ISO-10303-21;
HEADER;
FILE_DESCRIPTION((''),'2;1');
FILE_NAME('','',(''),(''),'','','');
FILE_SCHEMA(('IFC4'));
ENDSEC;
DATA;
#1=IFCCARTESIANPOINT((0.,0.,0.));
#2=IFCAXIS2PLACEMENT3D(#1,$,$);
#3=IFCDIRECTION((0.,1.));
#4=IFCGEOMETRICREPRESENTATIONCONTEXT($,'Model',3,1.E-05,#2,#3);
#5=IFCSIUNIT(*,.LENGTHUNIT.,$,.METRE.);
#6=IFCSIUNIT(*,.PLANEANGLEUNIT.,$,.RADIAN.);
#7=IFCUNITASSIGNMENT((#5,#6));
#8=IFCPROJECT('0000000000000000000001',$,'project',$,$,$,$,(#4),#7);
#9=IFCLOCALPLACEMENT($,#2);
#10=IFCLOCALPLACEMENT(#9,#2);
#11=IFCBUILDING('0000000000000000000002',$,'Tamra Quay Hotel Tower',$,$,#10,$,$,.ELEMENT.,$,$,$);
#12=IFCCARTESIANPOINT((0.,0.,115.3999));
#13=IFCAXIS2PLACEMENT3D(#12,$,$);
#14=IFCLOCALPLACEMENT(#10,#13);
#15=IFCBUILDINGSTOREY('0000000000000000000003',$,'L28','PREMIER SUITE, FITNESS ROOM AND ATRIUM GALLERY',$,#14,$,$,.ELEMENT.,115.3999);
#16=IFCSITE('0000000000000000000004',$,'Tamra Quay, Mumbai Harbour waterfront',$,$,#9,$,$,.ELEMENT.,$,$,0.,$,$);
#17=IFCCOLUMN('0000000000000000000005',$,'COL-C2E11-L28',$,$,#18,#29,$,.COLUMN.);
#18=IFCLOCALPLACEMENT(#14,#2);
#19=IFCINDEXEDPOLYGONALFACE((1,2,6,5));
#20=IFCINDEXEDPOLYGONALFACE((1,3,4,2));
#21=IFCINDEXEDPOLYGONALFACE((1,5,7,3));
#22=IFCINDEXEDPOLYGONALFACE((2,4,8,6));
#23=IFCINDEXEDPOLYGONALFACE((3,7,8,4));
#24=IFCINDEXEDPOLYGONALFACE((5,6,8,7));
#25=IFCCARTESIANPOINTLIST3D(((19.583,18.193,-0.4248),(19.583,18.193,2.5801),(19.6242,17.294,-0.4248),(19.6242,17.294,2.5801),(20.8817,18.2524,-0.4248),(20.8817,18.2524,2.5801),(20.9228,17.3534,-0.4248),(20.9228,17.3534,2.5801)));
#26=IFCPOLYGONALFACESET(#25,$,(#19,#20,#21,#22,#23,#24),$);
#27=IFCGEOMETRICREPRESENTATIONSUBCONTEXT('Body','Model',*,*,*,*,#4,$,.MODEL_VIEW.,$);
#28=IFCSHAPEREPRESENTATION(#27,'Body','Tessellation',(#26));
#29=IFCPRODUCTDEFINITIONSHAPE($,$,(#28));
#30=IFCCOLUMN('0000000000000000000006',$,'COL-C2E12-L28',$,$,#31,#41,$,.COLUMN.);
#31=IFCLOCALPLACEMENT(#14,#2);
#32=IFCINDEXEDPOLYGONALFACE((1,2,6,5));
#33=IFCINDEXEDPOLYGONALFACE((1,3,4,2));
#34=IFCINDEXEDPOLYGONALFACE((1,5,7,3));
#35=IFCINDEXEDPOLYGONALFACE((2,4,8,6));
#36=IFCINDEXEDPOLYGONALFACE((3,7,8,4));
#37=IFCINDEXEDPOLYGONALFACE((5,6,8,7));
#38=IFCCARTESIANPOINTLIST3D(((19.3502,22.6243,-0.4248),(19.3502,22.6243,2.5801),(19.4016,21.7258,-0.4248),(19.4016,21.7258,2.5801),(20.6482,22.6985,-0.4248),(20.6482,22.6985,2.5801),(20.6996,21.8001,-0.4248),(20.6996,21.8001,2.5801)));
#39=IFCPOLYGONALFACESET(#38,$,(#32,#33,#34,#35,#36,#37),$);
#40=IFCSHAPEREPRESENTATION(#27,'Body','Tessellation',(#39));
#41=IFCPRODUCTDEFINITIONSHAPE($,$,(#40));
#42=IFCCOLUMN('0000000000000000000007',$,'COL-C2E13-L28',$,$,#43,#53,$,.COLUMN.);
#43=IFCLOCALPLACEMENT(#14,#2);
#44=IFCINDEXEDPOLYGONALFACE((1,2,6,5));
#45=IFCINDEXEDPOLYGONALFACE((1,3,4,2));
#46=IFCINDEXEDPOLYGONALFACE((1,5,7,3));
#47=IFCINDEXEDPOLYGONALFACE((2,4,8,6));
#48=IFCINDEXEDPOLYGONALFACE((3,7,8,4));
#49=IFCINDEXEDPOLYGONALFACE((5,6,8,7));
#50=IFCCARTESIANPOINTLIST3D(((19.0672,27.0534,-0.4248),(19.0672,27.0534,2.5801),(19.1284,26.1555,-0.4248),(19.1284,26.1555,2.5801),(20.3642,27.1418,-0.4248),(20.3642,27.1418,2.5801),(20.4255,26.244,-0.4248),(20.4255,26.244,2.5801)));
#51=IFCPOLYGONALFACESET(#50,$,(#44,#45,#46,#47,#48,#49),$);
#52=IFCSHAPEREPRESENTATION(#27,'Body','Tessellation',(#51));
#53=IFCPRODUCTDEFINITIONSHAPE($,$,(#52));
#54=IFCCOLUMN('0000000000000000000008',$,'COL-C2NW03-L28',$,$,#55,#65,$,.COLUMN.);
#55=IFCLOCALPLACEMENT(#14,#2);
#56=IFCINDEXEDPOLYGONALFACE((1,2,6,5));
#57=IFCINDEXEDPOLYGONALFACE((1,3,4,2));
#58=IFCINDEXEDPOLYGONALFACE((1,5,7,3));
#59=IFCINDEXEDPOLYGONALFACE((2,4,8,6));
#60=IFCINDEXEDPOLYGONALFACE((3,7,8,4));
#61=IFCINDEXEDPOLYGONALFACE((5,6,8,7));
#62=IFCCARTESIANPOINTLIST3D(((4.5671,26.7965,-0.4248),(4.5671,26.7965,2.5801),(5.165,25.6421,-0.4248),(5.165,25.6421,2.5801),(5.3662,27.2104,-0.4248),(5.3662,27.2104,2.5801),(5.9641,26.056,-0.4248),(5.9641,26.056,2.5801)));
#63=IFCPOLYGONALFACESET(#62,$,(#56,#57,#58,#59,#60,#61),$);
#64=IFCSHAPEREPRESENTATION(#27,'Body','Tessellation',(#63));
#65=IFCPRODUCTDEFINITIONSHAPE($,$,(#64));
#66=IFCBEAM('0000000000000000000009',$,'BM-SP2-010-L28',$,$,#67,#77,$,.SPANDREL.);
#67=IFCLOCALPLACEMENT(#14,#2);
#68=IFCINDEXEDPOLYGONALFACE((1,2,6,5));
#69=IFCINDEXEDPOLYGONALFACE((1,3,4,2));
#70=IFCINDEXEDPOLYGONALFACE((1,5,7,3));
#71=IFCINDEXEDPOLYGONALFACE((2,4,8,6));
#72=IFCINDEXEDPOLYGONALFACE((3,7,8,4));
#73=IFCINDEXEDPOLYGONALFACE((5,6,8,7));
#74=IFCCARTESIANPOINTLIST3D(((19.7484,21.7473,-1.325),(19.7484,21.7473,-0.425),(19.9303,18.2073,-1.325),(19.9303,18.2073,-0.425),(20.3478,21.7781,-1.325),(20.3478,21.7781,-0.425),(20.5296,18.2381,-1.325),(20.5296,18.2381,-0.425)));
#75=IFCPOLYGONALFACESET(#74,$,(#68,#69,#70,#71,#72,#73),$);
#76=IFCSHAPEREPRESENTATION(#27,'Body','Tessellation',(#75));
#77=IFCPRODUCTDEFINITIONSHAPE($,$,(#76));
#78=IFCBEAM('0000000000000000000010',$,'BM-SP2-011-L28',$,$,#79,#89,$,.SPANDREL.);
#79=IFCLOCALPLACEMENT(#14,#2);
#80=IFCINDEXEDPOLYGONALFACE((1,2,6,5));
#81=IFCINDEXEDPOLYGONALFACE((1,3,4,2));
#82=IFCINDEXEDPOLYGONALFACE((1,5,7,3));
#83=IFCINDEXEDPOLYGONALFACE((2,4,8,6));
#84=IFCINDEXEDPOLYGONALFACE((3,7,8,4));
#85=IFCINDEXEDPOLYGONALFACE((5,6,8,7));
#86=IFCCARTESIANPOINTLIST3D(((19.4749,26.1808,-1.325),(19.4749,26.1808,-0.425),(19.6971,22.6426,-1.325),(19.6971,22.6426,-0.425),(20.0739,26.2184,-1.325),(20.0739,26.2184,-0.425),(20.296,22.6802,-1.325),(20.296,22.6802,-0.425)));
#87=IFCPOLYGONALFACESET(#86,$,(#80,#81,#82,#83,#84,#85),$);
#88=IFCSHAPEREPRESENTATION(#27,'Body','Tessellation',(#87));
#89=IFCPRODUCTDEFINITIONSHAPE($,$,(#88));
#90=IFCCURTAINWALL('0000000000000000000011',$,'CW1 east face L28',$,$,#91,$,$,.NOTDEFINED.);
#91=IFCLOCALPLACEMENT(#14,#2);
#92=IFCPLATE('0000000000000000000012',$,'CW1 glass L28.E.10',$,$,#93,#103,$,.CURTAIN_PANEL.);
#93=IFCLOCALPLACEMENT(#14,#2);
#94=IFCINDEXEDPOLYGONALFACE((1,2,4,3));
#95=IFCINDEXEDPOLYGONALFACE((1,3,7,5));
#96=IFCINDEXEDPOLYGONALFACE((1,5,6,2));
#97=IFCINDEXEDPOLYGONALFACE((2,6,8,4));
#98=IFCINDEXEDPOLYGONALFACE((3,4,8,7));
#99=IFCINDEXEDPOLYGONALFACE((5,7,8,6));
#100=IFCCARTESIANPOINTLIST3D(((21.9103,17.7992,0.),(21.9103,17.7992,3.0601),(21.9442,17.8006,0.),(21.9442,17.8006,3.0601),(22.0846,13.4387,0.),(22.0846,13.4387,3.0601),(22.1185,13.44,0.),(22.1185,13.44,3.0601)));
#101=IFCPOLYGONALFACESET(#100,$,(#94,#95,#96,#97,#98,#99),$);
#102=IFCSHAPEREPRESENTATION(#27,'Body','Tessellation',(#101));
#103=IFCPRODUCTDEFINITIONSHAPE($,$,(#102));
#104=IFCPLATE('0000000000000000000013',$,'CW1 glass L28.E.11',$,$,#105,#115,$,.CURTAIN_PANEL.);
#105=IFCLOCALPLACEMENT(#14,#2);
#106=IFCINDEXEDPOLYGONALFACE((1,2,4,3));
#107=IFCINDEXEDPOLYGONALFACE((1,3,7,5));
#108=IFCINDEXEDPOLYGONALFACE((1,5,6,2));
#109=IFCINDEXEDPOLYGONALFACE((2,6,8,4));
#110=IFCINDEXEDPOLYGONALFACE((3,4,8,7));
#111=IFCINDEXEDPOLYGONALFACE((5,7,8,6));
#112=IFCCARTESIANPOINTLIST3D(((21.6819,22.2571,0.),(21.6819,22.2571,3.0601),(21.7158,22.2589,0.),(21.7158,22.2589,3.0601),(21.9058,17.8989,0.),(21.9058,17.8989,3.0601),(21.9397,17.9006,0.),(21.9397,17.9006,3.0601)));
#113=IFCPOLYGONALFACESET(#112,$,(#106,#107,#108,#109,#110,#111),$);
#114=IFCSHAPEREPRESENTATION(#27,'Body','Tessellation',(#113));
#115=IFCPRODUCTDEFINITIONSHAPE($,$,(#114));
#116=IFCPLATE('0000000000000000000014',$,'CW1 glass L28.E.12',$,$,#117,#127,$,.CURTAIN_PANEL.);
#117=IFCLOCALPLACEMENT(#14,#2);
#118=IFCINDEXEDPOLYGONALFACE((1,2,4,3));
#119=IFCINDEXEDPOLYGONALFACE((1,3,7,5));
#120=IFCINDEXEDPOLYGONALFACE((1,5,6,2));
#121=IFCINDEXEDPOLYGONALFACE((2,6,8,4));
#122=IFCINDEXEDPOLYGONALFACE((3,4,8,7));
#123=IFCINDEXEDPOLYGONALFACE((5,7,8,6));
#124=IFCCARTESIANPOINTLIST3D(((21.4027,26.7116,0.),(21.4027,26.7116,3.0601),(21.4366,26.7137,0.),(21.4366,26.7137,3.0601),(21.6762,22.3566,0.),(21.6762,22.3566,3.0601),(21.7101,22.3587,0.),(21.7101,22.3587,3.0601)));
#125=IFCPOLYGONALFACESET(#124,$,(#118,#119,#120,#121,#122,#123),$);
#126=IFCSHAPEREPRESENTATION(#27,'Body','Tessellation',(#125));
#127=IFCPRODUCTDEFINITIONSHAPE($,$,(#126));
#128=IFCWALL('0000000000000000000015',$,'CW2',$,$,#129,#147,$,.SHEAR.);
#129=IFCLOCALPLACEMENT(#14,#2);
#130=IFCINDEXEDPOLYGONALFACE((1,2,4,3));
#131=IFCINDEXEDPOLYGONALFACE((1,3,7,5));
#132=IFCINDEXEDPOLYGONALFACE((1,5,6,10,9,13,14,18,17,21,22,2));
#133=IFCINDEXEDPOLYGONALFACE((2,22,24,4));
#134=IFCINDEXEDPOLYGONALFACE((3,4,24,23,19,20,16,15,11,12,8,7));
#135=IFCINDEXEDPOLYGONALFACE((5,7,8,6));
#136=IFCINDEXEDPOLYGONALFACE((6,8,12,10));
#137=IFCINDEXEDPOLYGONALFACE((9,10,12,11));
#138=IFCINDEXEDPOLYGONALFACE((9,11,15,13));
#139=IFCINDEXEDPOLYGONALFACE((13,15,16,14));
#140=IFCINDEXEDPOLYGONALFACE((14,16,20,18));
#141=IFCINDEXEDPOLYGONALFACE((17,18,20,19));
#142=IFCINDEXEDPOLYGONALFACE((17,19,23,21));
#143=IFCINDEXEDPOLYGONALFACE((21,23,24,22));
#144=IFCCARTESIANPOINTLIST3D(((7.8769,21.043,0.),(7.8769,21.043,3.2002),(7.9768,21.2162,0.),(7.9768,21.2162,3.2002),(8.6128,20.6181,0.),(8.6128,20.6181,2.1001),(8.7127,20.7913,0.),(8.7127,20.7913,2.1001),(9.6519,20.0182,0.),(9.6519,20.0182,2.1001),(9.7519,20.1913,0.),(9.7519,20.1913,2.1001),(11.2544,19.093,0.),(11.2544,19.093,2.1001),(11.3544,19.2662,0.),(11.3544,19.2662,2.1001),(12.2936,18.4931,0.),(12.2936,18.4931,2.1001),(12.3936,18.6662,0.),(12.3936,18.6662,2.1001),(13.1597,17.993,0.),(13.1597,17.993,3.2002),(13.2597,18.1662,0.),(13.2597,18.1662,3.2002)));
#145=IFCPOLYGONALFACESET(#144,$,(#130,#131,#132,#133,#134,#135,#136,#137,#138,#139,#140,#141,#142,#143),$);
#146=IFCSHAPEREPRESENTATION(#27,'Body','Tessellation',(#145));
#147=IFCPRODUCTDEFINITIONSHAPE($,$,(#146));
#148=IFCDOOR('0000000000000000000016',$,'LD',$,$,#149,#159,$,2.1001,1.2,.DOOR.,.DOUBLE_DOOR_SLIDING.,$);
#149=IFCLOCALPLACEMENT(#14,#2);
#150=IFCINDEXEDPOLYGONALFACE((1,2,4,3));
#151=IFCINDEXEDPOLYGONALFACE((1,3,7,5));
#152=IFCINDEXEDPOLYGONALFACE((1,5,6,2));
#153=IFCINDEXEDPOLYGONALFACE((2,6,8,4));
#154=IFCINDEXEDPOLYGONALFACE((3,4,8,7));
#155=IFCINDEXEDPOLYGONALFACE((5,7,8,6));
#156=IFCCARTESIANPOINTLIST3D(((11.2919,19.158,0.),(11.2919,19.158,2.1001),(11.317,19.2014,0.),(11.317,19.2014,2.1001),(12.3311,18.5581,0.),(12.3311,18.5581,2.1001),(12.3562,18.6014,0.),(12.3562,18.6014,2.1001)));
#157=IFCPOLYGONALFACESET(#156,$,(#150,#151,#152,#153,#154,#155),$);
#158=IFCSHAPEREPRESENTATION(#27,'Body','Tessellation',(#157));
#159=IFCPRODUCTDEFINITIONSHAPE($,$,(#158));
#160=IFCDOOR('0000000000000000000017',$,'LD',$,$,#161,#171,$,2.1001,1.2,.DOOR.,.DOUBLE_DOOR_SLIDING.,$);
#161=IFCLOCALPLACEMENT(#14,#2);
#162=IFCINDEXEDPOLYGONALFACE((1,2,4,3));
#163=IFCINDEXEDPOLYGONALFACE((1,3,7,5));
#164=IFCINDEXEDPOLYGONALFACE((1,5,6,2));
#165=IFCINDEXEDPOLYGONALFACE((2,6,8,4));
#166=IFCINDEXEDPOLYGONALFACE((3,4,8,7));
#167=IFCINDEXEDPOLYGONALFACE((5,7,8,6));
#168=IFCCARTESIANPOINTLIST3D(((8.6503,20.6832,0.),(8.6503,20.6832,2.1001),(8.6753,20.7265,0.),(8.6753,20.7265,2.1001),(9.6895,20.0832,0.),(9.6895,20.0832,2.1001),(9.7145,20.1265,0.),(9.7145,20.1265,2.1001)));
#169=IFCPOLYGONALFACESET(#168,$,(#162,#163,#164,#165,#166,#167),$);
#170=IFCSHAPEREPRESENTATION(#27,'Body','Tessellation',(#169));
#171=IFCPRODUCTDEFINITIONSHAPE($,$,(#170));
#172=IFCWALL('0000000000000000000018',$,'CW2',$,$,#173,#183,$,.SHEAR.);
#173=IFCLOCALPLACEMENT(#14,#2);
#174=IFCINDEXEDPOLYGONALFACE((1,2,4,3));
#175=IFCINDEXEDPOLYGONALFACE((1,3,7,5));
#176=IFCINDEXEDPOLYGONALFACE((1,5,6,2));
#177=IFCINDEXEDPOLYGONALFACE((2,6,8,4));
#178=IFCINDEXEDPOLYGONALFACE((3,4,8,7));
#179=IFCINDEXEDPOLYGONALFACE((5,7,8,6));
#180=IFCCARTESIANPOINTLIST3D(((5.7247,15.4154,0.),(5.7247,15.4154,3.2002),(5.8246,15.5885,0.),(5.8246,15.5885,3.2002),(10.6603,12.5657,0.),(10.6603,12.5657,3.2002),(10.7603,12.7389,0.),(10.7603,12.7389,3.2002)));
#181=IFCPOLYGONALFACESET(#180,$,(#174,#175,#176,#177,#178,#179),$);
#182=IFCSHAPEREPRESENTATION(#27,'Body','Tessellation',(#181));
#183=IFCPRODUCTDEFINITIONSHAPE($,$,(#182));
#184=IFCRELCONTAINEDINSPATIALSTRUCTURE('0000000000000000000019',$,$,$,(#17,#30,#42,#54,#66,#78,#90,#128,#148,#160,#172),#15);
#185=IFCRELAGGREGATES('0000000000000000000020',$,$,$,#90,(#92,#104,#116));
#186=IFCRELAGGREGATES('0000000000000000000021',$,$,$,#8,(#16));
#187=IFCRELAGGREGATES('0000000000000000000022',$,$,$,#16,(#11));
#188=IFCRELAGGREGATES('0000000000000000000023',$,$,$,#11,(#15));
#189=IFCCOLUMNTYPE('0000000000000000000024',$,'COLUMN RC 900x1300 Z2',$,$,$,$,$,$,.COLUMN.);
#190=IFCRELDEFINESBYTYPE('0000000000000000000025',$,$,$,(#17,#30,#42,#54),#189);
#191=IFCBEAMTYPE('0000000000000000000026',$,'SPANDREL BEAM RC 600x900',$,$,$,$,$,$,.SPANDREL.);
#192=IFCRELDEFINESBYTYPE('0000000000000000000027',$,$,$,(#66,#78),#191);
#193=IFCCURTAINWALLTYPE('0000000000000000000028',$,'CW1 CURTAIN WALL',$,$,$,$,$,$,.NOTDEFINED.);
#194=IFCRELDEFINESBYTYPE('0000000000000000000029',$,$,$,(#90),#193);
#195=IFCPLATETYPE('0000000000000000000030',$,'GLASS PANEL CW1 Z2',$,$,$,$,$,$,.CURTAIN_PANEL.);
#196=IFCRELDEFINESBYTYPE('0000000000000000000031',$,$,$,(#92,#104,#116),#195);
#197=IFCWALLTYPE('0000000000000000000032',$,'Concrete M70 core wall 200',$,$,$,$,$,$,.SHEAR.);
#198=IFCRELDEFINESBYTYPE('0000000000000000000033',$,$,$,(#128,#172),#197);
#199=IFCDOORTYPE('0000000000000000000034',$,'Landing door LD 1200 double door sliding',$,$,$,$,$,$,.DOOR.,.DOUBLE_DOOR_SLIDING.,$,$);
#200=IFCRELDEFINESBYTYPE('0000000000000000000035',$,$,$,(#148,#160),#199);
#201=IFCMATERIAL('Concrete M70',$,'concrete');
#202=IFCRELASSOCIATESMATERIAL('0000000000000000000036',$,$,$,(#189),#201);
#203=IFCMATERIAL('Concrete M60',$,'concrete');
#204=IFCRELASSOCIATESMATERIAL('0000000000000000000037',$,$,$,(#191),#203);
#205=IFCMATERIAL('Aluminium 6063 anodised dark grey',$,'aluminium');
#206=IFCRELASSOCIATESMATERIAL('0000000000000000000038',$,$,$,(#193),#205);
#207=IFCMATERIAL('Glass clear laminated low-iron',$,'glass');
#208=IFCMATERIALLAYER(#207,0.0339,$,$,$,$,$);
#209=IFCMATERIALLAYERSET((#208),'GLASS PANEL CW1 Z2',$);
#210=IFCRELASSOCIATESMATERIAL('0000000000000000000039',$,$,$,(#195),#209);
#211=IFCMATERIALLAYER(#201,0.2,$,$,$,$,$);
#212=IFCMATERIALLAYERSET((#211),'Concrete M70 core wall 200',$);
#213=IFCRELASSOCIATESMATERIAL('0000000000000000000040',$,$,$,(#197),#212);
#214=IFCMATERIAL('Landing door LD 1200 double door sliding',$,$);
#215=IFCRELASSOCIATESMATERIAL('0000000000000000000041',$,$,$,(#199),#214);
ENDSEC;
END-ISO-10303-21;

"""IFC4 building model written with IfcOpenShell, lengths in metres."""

from ifc_helpers import new_model, si_unit, direction, frame, frame_2d, origin, origin_2d, place, context, subcontext, project, spatial, rectangle, extrude, material, layer, layer_set, material_profile, profile_set, type_object, element, fill, aggregate, save


model = new_model("IFC4")

# Units and contexts
model_context = context("Model", 3, precision=1e-05, world=origin(), true_north=direction((0.0, 1.0)))
body_context = subcontext(model_context, "Body", "Model", "MODEL_VIEW")
ifc_project = project(units=[si_unit("LENGTHUNIT", "METRE"), si_unit("PLANEANGLEUNIT", "RADIAN")], contexts=[model_context])

# Site, building, storey
site_placement = place(None, origin())
site = spatial("IfcSite", under=ifc_project, at=site_placement, Name="Tamra Quay, Mumbai Harbour waterfront", CompositionType="ELEMENT", RefElevation=0.0)
building_placement = place(site_placement, origin())
building = spatial("IfcBuilding", under=site, at=building_placement, Name="Tamra Quay Hotel Tower", CompositionType="ELEMENT")
storey_placement = place(building_placement, frame((0.0, 0.0, 115.3999)))
storey = spatial("IfcBuildingStorey", under=building, at=storey_placement, Name="L28", Description="PREMIER SUITE, FITNESS ROOM AND ATRIUM GALLERY", CompositionType="ELEMENT", Elevation=115.3999)

# Columns
ifc_material_1 = material(Name="Concrete M70", Category="concrete")
ifc_material_profile_1 = material_profile(ifc_material_1, rectangle(XDim=1.3, YDim=0.8999, at=origin_2d()), Name="COLUMN RC 900x1300 Z2")
ifc_profile_set_1 = profile_set([ifc_material_profile_1], Name="Concrete M70")
column_type = type_object("IfcColumnType", Name="COLUMN RC 900x1300 Z2", PredefinedType="COLUMN", material=ifc_profile_set_1)
for number, where, z_axis, x_axis, name in (
    (1, (20.2529, 17.7732, -0.4248), (0.0, 0.0, 1.0), (0.998955, 0.045712, 0.0), "COL-C2E11-L28"),
    (2, (20.0249, 22.2122, -0.4248), (0.0, 0.0, 1.0), (0.998368, 0.057108, 0.0), "COL-C2E12-L28"),
    (3, (19.7463, 26.6487, -0.4248), (0.0, 0.0, 1.0), (0.997682, 0.068041, 0.0), "COL-C2E13-L28"),
    (4, (5.2656, 26.4263, -0.4248), (0.0, 0.0, 1.0), (-0.45989, 0.887976, 0.0), "COL-C2NW03-L28"),
):
    element("IfcColumn", number, at=place(storey_placement, frame(where, z_axis=z_axis, x_axis=x_axis)), inside=storey, type_object=column_type, Name=name, PredefinedType="COLUMN", context=body_context, shape_type="SweptSolid", body=[
        extrude(rectangle(XDim=1.3, YDim=0.8999, at=origin_2d()), origin(), (0.0, 0.0, 1.0), 3.0049),
    ])

# Beams
ifc_material_2 = material(Name="Concrete M60", Category="concrete")
ifc_material_profile_2 = material_profile(ifc_material_2, rectangle(XDim=0.6001, YDim=0.8999, at=origin_2d()), Name="SPANDREL BEAM RC 600x900")
ifc_profile_set_2 = profile_set([ifc_material_profile_2], Name="Concrete M60")
beam_type = type_object("IfcBeamType", Name="SPANDREL BEAM RC 600x900", PredefinedType="SPANDREL", material=ifc_profile_set_2)
beam_1_placement = place(storey_placement, frame((20.23, 18.2227, -0.875), z_axis=(-0.051312, 0.998683, 0.0), x_axis=(-0.998683, -0.051312, 0.0)))
element("IfcBeam", 5, at=beam_1_placement, inside=storey, type_object=beam_type, Name="BM-SP2-010-L28", PredefinedType="SPANDREL", context=body_context, shape_type="SweptSolid", body=[
    extrude(rectangle(XDim=0.6001, YDim=0.8999, at=origin_2d()), origin(), (0.0, 0.0, 1.0), 3.5447),
])
beam_2_placement = place(storey_placement, frame((19.9966, 22.6614, -0.875), z_axis=(-0.06267, 0.998034, 0.0), x_axis=(-0.998034, -0.06267, 0.0)))
element("IfcBeam", 6, at=beam_2_placement, inside=storey, type_object=beam_type, Name="BM-SP2-011-L28", PredefinedType="SPANDREL", context=body_context, shape_type="SweptSolid", body=[
    extrude(rectangle(XDim=0.6001, YDim=0.8999, at=origin_2d()), origin(), (0.0, 0.0, 1.0), 3.5452),
])

# Curtain wall, plates
ifc_material_3 = material(Name="Aluminium 6063 anodised dark grey", Category="aluminium")
curtain_wall_type = type_object("IfcCurtainWallType", Name="CW1 CURTAIN WALL", PredefinedType="NOTDEFINED", material=ifc_material_3)
curtain_wall_placement = place(storey_placement, origin())
curtain_wall = element("IfcCurtainWall", 7, at=curtain_wall_placement, inside=storey, type_object=curtain_wall_type, Name="CW1 east face L28", PredefinedType="NOTDEFINED")
ifc_material_4 = material(Name="Glass clear laminated low-iron", Category="glass")
ifc_layer_1 = layer(ifc_material_4, 0.0339)
ifc_layer_set_1 = layer_set([ifc_layer_1], Name="GLASS PANEL CW1 Z2")
plate_type = type_object("IfcPlateType", Name="GLASS PANEL CW1 Z2", PredefinedType="CURTAIN_PANEL", material=ifc_layer_set_1)
plate_1_placement = place(storey_placement, frame((22.0144, 15.6196, 0.0), z_axis=(0.0, 0.0, 1.0), x_axis=(-0.039944, 0.999202, 0.0)))
plate_1 = element("IfcPlate", 8, at=plate_1_placement, type_object=plate_type, Name="CW1 glass L28.E.10", PredefinedType="CURTAIN_PANEL", context=body_context, shape_type="SweptSolid", body=[
    extrude(rectangle(XDim=4.364, YDim=0.0339, at=origin_2d()), origin(), (0.0, 0.0, 1.0), 3.0601),
])
plate_2_placement = place(storey_placement, frame((21.8108, 20.0789, 0.0), z_axis=(0.0, 0.0, 1.0), x_axis=(-0.051321, 0.998682, 0.0)))
plate_2 = element("IfcPlate", 9, at=plate_2_placement, type_object=plate_type, Name="CW1 glass L28.E.11", PredefinedType="CURTAIN_PANEL", context=body_context, shape_type="SweptSolid", body=[
    extrude(rectangle(XDim=4.364, YDim=0.0339, at=origin_2d()), origin(), (0.0, 0.0, 1.0), 3.0601),
])
plate_3_placement = place(storey_placement, frame((21.5564, 24.5352, 0.0), z_axis=(0.0, 0.0, 1.0), x_axis=(-0.06267, 0.998034, 0.0)))
plate_3 = element("IfcPlate", 10, at=plate_3_placement, type_object=plate_type, Name="CW1 glass L28.E.12", PredefinedType="CURTAIN_PANEL", context=body_context, shape_type="SweptSolid", body=[
    extrude(rectangle(XDim=4.3635, YDim=0.0339, at=origin_2d()), origin(), (0.0, 0.0, 1.0), 3.0601),
])
aggregate(curtain_wall, [plate_1, plate_2, plate_3])

# Wall, openings, doors
ifc_layer_2 = layer(ifc_material_1, 0.2)
ifc_layer_set_2 = layer_set([ifc_layer_2], Name="Concrete M70 core wall 200")
wall_type_1 = type_object("IfcWallType", Name="Concrete M70 core wall 200", PredefinedType="SHEAR", material=ifc_layer_set_2)
wall_1_placement = place(storey_placement, frame((13.2097, 18.0796, 0.0), z_axis=(0.0, 0.0, 1.0), x_axis=(-0.86603, 0.499992, 0.0)))
wall_1 = element("IfcWall", 11, at=wall_1_placement, inside=storey, type_object=wall_type_1, Name="CW2", PredefinedType="SHEAR", context=body_context, shape_type="SweptSolid", body=[
    extrude(rectangle(XDim=6.1001, YDim=0.2, at=frame_2d((3.05, 0.0))), origin(), (0.0, 0.0, 1.0), 3.2002),
])
opening_1_placement = place(wall_1_placement, frame((1.0, 0.0, 0.0)))
opening_1 = element("IfcOpeningElement", 12, at=opening_1_placement, cuts=wall_1, PredefinedType="OPENING", context=body_context, shape_type="SweptSolid", body=[
    extrude(rectangle(XDim=1.2, YDim=2.1001, at=frame_2d((0.6001, 1.05))), frame((0.0, 0.1099, 0.0), z_axis=(0.0, -1.0, 0.0), x_axis=(1.0, 0.0, 0.0)), (0.0, 0.0, 1.0), 0.22),
])
opening_2_placement = place(wall_1_placement, frame((4.0503, 0.0, 0.0)))
opening_2 = element("IfcOpeningElement", 13, at=opening_2_placement, cuts=wall_1, PredefinedType="OPENING", context=body_context, shape_type="SweptSolid", body=[
    extrude(rectangle(XDim=1.2, YDim=2.1001, at=frame_2d((0.6001, 1.05))), frame((0.0, 0.1099, 0.0), z_axis=(0.0, -1.0, 0.0), x_axis=(1.0, 0.0, 0.0)), (0.0, 0.0, 1.0), 0.22),
])
ifc_material_5 = material(Name="Landing door LD 1200 double door sliding")
door_type_1 = type_object("IfcDoorType", Name="Landing door LD 1200 double door sliding", OperationType="DOUBLE_DOOR_SLIDING", PredefinedType="DOOR", material=ifc_material_5)
door_1_placement = place(opening_1_placement, origin())
door_1 = element("IfcDoor", 14, at=door_1_placement, inside=storey, type_object=door_type_1, Name="LD", OperationType="DOUBLE_DOOR_SLIDING", OverallHeight=2.1001, OverallWidth=1.2, PredefinedType="DOOR", context=body_context, shape_type="SweptSolid", body=[
    extrude(rectangle(XDim=1.2, YDim=2.1001, at=frame_2d((0.6001, 1.05))), frame((0.0, 0.0249, 0.0), z_axis=(0.0, -1.0, 0.0), x_axis=(1.0, 0.0, 0.0)), (0.0, 0.0, 1.0), 0.05),
])
fill(opening_1, door_1)
door_2_placement = place(opening_2_placement, origin())
door_2 = element("IfcDoor", 15, at=door_2_placement, inside=storey, type_object=door_type_1, Name="LD", OperationType="DOUBLE_DOOR_SLIDING", OverallHeight=2.1001, OverallWidth=1.2, PredefinedType="DOOR", context=body_context, shape_type="SweptSolid", body=[
    extrude(rectangle(XDim=1.2, YDim=2.1001, at=frame_2d((0.6001, 1.05))), frame((0.0, 0.0249, 0.0), z_axis=(0.0, -1.0, 0.0), x_axis=(1.0, 0.0, 0.0)), (0.0, 0.0, 1.0), 0.05),
])
fill(opening_2, door_2)

# Wall
wall_2_placement = place(storey_placement, frame((5.7747, 15.502, 0.0), z_axis=(0.0, 0.0, 1.0), x_axis=(0.86602, -0.500009, 0.0)))
element("IfcWall", 16, at=wall_2_placement, inside=storey, type_object=wall_type_1, Name="CW2", PredefinedType="SHEAR", context=body_context, shape_type="SweptSolid", body=[
    extrude(rectangle(XDim=5.6992, YDim=0.2, at=frame_2d((2.8496, 0.0))), origin(), (0.0, 0.0, 1.0), 3.2002),
])

save(model, "model.ifc")
